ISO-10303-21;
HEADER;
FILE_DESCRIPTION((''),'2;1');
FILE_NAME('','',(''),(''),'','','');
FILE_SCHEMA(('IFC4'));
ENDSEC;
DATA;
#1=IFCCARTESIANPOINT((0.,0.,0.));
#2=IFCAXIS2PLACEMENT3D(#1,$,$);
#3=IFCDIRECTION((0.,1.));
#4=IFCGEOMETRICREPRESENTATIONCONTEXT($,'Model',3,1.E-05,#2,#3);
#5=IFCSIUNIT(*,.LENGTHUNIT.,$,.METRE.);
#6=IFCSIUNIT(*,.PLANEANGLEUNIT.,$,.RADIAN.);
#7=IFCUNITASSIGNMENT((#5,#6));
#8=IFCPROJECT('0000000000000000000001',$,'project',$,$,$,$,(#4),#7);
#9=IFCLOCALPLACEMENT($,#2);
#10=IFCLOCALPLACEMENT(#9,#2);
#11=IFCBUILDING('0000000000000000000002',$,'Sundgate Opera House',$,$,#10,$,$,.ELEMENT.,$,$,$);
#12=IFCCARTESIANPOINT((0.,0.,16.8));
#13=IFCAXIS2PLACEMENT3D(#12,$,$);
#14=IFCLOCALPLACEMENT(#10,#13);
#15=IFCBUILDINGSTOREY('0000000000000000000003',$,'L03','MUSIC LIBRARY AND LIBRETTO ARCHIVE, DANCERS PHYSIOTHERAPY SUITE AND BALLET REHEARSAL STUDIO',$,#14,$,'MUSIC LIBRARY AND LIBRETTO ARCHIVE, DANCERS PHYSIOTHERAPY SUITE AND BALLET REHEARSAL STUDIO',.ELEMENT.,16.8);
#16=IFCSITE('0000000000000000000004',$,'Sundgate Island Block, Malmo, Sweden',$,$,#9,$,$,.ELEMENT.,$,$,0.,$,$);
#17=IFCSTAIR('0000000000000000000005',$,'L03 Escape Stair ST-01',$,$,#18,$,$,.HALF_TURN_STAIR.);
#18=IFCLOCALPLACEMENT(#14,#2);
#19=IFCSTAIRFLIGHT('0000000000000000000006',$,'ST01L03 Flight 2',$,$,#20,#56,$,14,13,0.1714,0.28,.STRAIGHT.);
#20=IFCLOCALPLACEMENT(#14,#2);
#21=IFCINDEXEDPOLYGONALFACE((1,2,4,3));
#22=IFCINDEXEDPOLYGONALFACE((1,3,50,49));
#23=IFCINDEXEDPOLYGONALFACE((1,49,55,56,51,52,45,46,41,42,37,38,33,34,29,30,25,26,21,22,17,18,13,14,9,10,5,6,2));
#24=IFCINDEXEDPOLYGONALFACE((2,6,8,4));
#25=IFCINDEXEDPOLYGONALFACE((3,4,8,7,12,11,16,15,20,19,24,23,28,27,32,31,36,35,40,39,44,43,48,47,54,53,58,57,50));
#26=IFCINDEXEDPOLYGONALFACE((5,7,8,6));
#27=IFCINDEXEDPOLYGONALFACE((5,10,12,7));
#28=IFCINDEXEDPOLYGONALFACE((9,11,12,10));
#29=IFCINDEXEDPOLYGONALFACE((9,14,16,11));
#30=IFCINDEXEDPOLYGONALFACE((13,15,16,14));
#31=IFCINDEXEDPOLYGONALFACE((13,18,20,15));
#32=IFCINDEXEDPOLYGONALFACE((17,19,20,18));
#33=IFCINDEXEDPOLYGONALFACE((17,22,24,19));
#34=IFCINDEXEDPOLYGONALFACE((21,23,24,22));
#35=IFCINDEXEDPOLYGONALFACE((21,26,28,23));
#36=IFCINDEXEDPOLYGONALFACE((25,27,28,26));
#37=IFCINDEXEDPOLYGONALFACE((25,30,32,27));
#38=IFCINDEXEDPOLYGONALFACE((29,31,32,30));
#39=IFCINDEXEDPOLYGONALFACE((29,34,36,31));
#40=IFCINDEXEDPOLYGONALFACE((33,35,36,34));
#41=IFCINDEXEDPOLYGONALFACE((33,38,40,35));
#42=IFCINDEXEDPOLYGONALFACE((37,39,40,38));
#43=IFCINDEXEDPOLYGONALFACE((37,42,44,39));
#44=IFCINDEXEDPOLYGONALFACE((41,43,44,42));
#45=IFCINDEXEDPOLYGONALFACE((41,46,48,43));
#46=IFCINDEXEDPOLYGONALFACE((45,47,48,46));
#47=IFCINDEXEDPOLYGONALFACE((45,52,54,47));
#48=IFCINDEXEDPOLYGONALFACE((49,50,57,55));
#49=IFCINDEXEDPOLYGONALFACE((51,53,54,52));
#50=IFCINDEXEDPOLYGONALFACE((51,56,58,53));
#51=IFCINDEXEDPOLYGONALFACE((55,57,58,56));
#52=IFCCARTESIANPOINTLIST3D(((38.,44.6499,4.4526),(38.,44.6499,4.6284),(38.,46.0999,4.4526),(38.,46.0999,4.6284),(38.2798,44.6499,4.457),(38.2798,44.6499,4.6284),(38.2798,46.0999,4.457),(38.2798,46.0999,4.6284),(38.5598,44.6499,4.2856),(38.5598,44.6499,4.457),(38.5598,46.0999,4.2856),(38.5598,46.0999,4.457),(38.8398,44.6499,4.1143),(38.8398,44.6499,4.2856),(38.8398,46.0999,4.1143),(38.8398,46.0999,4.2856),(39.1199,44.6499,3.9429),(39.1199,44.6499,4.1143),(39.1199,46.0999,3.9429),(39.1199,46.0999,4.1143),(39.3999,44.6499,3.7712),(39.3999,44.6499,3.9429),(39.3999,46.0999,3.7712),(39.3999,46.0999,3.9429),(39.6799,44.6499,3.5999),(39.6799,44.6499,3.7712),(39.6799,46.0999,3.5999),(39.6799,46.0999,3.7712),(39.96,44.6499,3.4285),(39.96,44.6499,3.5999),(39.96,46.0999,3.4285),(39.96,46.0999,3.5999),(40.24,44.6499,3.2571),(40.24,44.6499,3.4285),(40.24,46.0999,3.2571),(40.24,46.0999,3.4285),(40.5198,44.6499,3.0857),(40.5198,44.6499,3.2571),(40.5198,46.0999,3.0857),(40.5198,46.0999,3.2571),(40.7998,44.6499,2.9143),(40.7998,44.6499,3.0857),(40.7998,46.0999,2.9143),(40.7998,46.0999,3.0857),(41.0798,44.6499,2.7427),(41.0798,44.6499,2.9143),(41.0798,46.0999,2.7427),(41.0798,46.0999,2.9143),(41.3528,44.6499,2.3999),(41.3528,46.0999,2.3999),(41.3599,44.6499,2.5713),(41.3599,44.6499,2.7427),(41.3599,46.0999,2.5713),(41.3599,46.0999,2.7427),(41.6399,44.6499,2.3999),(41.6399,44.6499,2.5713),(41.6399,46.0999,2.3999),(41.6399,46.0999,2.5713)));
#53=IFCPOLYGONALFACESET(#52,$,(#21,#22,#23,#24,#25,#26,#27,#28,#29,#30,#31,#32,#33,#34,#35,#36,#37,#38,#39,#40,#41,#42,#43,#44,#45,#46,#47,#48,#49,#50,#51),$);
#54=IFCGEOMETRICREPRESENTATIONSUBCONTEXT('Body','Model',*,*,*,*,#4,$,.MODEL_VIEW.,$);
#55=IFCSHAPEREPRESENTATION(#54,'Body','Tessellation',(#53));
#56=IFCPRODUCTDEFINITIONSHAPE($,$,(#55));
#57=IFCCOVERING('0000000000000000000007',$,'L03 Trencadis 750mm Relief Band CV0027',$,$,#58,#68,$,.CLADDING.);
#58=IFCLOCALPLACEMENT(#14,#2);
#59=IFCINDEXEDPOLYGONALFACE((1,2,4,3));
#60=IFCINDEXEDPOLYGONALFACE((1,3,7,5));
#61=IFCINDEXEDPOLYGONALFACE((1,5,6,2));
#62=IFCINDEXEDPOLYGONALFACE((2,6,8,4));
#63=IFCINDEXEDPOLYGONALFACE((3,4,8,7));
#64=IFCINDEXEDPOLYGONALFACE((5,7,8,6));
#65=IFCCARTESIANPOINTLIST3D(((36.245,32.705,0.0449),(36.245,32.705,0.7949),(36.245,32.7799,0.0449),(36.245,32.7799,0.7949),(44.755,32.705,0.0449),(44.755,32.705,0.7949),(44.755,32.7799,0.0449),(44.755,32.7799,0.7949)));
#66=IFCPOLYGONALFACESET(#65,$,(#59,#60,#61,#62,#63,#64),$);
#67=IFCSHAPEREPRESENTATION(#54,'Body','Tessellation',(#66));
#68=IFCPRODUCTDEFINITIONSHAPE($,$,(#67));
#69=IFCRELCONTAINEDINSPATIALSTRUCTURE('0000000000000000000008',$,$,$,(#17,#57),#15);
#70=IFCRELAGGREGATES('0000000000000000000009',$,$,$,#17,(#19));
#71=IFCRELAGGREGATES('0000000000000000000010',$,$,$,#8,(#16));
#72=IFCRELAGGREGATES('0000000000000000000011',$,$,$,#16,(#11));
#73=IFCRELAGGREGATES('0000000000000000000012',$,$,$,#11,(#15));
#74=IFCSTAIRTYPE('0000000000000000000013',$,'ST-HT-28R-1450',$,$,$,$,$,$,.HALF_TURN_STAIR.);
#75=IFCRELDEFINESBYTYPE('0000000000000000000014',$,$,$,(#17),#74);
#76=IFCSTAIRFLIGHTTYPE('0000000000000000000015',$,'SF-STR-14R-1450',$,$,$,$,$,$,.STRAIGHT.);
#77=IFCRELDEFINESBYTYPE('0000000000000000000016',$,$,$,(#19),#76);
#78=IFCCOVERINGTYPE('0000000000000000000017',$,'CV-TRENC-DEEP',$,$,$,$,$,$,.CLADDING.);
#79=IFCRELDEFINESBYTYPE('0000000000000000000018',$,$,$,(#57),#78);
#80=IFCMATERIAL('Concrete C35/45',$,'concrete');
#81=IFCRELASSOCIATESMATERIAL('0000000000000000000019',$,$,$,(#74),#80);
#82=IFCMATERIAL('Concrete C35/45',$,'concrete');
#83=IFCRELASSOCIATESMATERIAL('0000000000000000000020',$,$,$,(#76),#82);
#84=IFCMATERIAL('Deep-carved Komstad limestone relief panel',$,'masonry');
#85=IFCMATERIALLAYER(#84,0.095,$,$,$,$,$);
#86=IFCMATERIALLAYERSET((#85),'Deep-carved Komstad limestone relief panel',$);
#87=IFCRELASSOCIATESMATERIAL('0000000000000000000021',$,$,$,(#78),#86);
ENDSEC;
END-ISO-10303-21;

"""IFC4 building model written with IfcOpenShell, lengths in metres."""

from ifc_helpers import new_model, si_unit, direction, frame, origin, origin_2d, place, context, subcontext, project, spatial, polyline, rectangle, outline, extrude, material, layer, layer_set, type_object, element, aggregate, save


model = new_model("IFC4")

# Units and contexts
model_context = context("Model", 3, precision=1e-05, world=origin(), true_north=direction((0.0, 1.0)))
body_context = subcontext(model_context, "Body", "Model", "MODEL_VIEW")
ifc_project = project(units=[si_unit("LENGTHUNIT", "METRE"), si_unit("PLANEANGLEUNIT", "RADIAN")], contexts=[model_context])

# Site, building, storey
site_placement = place(None, origin())
site = spatial("IfcSite", under=ifc_project, at=site_placement, Name="Sundgate Island Block, Malmo, Sweden", CompositionType="ELEMENT", RefElevation=0.0)
building_placement = place(site_placement, origin())
building = spatial("IfcBuilding", under=site, at=building_placement, Name="Sundgate Opera House", CompositionType="ELEMENT")
storey_placement = place(building_placement, frame((0.0, 0.0, 16.8)))
storey = spatial("IfcBuildingStorey", under=building, at=storey_placement, Name="L03", Description="MUSIC LIBRARY AND LIBRETTO ARCHIVE, DANCERS PHYSIOTHERAPY SUITE AND BALLET REHEARSAL STUDIO", LongName="MUSIC LIBRARY AND LIBRETTO ARCHIVE, DANCERS PHYSIOTHERAPY SUITE AND BALLET REHEARSAL STUDIO", CompositionType="ELEMENT", Elevation=16.8)

# Stair, stair flight
ifc_material_1 = material(Name="Concrete C35/45", Category="concrete")
stair_type = type_object("IfcStairType", Name="ST-HT-28R-1450", PredefinedType="HALF_TURN_STAIR", material=ifc_material_1)
stair_placement = place(storey_placement, origin())
stair = element("IfcStair", 1, at=stair_placement, inside=storey, type_object=stair_type, Name="L03 Escape Stair ST-01", PredefinedType="HALF_TURN_STAIR")
ifc_material_2 = material(Name="Concrete C35/45", Category="concrete")
stair_flight_type = type_object("IfcStairFlightType", Name="SF-STR-14R-1450", PredefinedType="STRAIGHT", material=ifc_material_2)
stair_flight_1_placement = place(storey_placement, frame((41.6399, 45.375, 2.3999), z_axis=(0.0, 0.0, 1.0), x_axis=(-1.0, 0.0, 0.0)))
stair_flight_1 = element("IfcStairFlight", 2, at=stair_flight_1_placement, type_object=stair_flight_type, Name="ST01L03 Flight 2", NumberOfRisers=14, NumberOfTreads=13, PredefinedType="STRAIGHT", RiserHeight=0.1714, TreadLength=0.28, context=body_context, shape_type="SweptSolid", body=[
    extrude(outline(polyline([(0.0, 0.0), (0.0, 0.1714), (0.28, 0.1714), (0.28, 0.3428), (0.5601, 0.3428), (0.5601, 0.5144), (0.8401, 0.5144), (0.8401, 0.6858), (1.1201, 0.6858), (1.1201, 0.8572), (1.3999, 0.8572), (1.3999, 1.0286), (1.6799, 1.0286), (1.6799, 1.2), (1.96, 1.2), (1.96, 1.3713), (2.24, 1.3713), (2.24, 1.543), (2.52, 1.543), (2.52, 1.7144), (2.8, 1.7144), (2.8, 1.8857), (3.0801, 1.8857), (3.0801, 2.0571), (3.3601, 2.0571), (3.3601, 2.2285), (3.6399, 2.2285), (3.6399, 2.3999), (3.6399, 2.0527), (0.2871, 0.0), (0.0, 0.0)])), frame((0.0, 0.7251, 0.0), z_axis=(0.0, -1.0, 0.0), x_axis=(1.0, 0.0, 0.0)), (0.0, 0.0, 1.0), 1.45),
])
aggregate(stair, [stair_flight_1])

# Covering
ifc_material_3 = material(Name="Deep-carved Komstad limestone relief panel", Category="masonry")
ifc_layer_1 = layer(ifc_material_3, 0.095)
ifc_layer_set_1 = layer_set([ifc_layer_1], Name="Deep-carved Komstad limestone relief panel")
covering_type = type_object("IfcCoveringType", Name="CV-TRENC-DEEP", PredefinedType="CLADDING", material=ifc_layer_set_1)
covering_placement = place(storey_placement, frame((40.5, 32.7424, 0.0449), z_axis=(0.0, 0.0, 1.0), x_axis=(1.0, 0.0, 0.0)))
element("IfcCovering", 3, at=covering_placement, inside=storey, type_object=covering_type, Name="L03 Trencadis 750mm Relief Band CV0027", PredefinedType="CLADDING", context=body_context, shape_type="SweptSolid", body=[
    extrude(rectangle(XDim=8.51, YDim=0.075, at=origin_2d()), origin(), (0.0, 0.0, 1.0), 0.75),
])

save(model, "model.ifc")
